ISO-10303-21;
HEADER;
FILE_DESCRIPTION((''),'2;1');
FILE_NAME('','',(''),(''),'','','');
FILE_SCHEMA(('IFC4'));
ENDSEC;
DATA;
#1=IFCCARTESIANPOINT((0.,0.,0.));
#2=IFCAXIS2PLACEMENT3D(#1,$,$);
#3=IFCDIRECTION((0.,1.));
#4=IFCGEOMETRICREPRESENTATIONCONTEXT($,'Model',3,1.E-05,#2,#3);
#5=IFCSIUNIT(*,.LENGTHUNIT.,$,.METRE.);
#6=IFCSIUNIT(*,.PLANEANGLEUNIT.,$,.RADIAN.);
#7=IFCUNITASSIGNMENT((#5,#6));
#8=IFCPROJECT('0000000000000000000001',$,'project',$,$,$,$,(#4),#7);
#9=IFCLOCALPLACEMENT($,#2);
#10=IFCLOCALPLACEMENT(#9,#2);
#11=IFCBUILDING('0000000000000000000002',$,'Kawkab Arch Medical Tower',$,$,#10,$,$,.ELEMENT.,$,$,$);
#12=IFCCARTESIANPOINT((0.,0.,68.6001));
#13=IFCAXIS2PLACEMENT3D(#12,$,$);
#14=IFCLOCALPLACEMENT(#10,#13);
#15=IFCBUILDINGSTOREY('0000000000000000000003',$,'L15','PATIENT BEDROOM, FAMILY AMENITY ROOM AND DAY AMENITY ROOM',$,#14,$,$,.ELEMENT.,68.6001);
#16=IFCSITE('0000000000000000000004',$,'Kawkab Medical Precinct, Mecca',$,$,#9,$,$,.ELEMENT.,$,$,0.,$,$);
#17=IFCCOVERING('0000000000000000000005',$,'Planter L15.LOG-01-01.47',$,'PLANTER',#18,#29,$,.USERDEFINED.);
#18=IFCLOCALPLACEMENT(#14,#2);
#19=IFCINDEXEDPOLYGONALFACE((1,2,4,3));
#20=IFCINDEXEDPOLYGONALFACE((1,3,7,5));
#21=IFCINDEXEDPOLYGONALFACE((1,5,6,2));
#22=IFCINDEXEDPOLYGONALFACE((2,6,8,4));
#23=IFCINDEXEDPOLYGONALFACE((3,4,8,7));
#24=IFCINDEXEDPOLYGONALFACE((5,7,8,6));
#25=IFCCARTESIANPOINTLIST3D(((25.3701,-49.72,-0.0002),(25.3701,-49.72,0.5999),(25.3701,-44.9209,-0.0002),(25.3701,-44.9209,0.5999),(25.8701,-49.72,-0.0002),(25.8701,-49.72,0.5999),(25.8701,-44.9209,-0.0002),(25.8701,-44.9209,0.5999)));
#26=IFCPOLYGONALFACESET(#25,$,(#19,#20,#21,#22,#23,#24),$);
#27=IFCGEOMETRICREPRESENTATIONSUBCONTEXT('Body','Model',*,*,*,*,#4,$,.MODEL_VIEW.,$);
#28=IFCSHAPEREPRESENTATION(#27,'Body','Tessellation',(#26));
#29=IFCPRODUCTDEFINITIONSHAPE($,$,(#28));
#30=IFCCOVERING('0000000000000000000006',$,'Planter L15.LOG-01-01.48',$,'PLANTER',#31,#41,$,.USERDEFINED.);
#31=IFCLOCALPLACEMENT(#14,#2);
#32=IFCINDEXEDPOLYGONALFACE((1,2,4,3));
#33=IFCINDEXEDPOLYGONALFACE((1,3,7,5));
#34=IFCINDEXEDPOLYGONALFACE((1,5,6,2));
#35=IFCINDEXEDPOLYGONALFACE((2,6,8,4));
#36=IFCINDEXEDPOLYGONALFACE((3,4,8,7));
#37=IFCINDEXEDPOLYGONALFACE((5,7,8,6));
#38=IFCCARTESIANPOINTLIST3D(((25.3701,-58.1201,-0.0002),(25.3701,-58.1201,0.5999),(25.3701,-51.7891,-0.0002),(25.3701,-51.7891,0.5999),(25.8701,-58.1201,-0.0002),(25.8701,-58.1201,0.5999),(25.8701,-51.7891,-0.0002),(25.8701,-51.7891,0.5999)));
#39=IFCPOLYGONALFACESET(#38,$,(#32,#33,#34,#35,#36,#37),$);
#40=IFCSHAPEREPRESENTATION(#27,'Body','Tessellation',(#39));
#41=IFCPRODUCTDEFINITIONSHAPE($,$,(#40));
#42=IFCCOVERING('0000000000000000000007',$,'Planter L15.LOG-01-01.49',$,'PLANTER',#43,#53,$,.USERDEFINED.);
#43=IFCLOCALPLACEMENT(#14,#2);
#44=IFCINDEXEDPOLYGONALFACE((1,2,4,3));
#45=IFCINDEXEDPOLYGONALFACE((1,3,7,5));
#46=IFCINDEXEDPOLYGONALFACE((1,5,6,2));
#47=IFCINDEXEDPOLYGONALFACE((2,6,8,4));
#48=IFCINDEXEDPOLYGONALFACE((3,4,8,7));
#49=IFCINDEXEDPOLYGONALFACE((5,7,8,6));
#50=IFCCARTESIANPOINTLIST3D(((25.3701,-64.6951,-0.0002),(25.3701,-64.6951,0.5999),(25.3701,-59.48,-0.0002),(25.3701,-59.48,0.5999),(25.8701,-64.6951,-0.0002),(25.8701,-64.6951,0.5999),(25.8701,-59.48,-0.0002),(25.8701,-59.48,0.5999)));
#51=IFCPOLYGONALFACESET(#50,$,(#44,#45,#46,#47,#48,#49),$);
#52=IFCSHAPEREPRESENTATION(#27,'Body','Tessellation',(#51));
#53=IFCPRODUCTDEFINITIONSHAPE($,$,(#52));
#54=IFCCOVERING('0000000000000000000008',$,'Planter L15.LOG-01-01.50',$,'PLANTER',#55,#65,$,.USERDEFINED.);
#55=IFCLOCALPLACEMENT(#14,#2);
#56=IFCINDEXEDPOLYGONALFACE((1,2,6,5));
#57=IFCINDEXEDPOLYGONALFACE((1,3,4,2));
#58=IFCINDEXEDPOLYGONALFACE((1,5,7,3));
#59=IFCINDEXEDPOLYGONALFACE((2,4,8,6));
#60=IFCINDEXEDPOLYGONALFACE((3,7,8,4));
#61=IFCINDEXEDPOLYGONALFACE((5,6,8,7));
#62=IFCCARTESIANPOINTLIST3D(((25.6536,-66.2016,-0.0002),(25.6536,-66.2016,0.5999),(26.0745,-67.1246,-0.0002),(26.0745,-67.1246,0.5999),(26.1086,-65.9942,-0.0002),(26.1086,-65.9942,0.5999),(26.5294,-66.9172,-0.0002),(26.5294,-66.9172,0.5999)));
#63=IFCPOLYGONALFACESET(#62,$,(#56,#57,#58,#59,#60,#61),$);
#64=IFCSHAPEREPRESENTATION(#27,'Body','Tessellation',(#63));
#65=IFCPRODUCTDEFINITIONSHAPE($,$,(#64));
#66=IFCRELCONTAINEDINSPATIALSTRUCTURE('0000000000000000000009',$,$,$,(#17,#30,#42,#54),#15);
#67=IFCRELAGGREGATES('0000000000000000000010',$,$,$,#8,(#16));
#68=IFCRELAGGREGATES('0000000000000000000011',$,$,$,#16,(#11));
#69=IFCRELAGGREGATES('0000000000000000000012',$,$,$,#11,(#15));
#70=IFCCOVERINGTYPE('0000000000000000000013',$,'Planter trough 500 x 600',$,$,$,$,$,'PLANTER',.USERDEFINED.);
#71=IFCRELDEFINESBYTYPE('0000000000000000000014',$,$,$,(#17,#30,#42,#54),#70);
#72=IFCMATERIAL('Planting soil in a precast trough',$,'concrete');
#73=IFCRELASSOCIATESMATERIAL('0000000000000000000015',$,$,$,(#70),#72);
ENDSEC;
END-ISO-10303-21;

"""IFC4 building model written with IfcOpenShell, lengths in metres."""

from ifc_helpers import new_model, si_unit, direction, frame, origin, origin_2d, place, context, subcontext, project, spatial, rectangle, extrude, material, material_profile, profile_set, type_object, element, save


model = new_model("IFC4")

# Units and contexts
model_context = context("Model", 3, precision=1e-05, world=origin(), true_north=direction((0.0, 1.0)))
body_context = subcontext(model_context, "Body", "Model", "MODEL_VIEW")
ifc_project = project(units=[si_unit("LENGTHUNIT", "METRE"), si_unit("PLANEANGLEUNIT", "RADIAN")], contexts=[model_context])

# Site, building, storey
site_placement = place(None, origin())
site = spatial("IfcSite", under=ifc_project, at=site_placement, Name="Kawkab Medical Precinct, Mecca", CompositionType="ELEMENT", RefElevation=0.0)
building_placement = place(site_placement, origin())
building = spatial("IfcBuilding", under=site, at=building_placement, Name="Kawkab Arch Medical Tower", CompositionType="ELEMENT")
storey_placement = place(building_placement, frame((0.0, 0.0, 68.6001)))
storey = spatial("IfcBuildingStorey", under=building, at=storey_placement, Name="L15", Description="PATIENT BEDROOM, FAMILY AMENITY ROOM AND DAY AMENITY ROOM", CompositionType="ELEMENT", Elevation=68.6001)

# Coverings
ifc_material_1 = material(Name="Planting soil in a precast trough", Category="concrete")
ifc_material_profile_1 = material_profile(ifc_material_1, rectangle(XDim=0.5, YDim=0.6001, at=origin_2d()), Name="Trough 500x600")
ifc_profile_set_1 = profile_set([ifc_material_profile_1], Name="Planting soil in a precast trough")
covering_type_1 = type_object("IfcCoveringType", Name="Planter trough 500 x 600", ElementType="PLANTER", PredefinedType="USERDEFINED", material=ifc_profile_set_1)
covering_1_placement = place(storey_placement, frame((25.6201, -44.9209, 0.2998), z_axis=(0.0, -1.0, 0.0), x_axis=(1.0, 0.0, 0.0)))
element("IfcCovering", 1, at=covering_1_placement, inside=storey, type_object=covering_type_1, Name="Planter L15.LOG-01-01.47", ObjectType="PLANTER", PredefinedType="USERDEFINED", context=body_context, shape_type="SweptSolid", body=[
    extrude(rectangle(XDim=0.5, YDim=0.6001, at=origin_2d()), origin(), (0.0, 0.0, 1.0), 4.7991),
])
covering_2_placement = place(storey_placement, frame((25.6201, -51.7891, 0.2998), z_axis=(0.0, -1.0, 0.0), x_axis=(1.0, 0.0, 0.0)))
element("IfcCovering", 2, at=covering_2_placement, inside=storey, type_object=covering_type_1, Name="Planter L15.LOG-01-01.48", ObjectType="PLANTER", PredefinedType="USERDEFINED", context=body_context, shape_type="SweptSolid", body=[
    extrude(rectangle(XDim=0.5, YDim=0.6001, at=origin_2d()), origin(), (0.0, 0.0, 1.0), 6.3311),
])
covering_3_placement = place(storey_placement, frame((25.6201, -59.48, 0.2998), z_axis=(0.0, -1.0, 0.0), x_axis=(1.0, 0.0, 0.0)))
element("IfcCovering", 3, at=covering_3_placement, inside=storey, type_object=covering_type_1, Name="Planter L15.LOG-01-01.49", ObjectType="PLANTER", PredefinedType="USERDEFINED", context=body_context, shape_type="SweptSolid", body=[
    extrude(rectangle(XDim=0.5, YDim=0.6001, at=origin_2d()), origin(), (0.0, 0.0, 1.0), 5.2151),
])
covering_4_placement = place(storey_placement, frame((25.8811, -66.0979, 0.2998), z_axis=(0.414872, -0.90988, 0.0), x_axis=(0.90988, 0.414872, 0.0)))
element("IfcCovering", 4, at=covering_4_placement, inside=storey, type_object=covering_type_1, Name="Planter L15.LOG-01-01.50", ObjectType="PLANTER", PredefinedType="USERDEFINED", context=body_context, shape_type="SweptSolid", body=[
    extrude(rectangle(XDim=0.5, YDim=0.6001, at=origin_2d()), origin(), (0.0, 0.0, 1.0), 1.0144),
])

save(model, "model.ifc")
